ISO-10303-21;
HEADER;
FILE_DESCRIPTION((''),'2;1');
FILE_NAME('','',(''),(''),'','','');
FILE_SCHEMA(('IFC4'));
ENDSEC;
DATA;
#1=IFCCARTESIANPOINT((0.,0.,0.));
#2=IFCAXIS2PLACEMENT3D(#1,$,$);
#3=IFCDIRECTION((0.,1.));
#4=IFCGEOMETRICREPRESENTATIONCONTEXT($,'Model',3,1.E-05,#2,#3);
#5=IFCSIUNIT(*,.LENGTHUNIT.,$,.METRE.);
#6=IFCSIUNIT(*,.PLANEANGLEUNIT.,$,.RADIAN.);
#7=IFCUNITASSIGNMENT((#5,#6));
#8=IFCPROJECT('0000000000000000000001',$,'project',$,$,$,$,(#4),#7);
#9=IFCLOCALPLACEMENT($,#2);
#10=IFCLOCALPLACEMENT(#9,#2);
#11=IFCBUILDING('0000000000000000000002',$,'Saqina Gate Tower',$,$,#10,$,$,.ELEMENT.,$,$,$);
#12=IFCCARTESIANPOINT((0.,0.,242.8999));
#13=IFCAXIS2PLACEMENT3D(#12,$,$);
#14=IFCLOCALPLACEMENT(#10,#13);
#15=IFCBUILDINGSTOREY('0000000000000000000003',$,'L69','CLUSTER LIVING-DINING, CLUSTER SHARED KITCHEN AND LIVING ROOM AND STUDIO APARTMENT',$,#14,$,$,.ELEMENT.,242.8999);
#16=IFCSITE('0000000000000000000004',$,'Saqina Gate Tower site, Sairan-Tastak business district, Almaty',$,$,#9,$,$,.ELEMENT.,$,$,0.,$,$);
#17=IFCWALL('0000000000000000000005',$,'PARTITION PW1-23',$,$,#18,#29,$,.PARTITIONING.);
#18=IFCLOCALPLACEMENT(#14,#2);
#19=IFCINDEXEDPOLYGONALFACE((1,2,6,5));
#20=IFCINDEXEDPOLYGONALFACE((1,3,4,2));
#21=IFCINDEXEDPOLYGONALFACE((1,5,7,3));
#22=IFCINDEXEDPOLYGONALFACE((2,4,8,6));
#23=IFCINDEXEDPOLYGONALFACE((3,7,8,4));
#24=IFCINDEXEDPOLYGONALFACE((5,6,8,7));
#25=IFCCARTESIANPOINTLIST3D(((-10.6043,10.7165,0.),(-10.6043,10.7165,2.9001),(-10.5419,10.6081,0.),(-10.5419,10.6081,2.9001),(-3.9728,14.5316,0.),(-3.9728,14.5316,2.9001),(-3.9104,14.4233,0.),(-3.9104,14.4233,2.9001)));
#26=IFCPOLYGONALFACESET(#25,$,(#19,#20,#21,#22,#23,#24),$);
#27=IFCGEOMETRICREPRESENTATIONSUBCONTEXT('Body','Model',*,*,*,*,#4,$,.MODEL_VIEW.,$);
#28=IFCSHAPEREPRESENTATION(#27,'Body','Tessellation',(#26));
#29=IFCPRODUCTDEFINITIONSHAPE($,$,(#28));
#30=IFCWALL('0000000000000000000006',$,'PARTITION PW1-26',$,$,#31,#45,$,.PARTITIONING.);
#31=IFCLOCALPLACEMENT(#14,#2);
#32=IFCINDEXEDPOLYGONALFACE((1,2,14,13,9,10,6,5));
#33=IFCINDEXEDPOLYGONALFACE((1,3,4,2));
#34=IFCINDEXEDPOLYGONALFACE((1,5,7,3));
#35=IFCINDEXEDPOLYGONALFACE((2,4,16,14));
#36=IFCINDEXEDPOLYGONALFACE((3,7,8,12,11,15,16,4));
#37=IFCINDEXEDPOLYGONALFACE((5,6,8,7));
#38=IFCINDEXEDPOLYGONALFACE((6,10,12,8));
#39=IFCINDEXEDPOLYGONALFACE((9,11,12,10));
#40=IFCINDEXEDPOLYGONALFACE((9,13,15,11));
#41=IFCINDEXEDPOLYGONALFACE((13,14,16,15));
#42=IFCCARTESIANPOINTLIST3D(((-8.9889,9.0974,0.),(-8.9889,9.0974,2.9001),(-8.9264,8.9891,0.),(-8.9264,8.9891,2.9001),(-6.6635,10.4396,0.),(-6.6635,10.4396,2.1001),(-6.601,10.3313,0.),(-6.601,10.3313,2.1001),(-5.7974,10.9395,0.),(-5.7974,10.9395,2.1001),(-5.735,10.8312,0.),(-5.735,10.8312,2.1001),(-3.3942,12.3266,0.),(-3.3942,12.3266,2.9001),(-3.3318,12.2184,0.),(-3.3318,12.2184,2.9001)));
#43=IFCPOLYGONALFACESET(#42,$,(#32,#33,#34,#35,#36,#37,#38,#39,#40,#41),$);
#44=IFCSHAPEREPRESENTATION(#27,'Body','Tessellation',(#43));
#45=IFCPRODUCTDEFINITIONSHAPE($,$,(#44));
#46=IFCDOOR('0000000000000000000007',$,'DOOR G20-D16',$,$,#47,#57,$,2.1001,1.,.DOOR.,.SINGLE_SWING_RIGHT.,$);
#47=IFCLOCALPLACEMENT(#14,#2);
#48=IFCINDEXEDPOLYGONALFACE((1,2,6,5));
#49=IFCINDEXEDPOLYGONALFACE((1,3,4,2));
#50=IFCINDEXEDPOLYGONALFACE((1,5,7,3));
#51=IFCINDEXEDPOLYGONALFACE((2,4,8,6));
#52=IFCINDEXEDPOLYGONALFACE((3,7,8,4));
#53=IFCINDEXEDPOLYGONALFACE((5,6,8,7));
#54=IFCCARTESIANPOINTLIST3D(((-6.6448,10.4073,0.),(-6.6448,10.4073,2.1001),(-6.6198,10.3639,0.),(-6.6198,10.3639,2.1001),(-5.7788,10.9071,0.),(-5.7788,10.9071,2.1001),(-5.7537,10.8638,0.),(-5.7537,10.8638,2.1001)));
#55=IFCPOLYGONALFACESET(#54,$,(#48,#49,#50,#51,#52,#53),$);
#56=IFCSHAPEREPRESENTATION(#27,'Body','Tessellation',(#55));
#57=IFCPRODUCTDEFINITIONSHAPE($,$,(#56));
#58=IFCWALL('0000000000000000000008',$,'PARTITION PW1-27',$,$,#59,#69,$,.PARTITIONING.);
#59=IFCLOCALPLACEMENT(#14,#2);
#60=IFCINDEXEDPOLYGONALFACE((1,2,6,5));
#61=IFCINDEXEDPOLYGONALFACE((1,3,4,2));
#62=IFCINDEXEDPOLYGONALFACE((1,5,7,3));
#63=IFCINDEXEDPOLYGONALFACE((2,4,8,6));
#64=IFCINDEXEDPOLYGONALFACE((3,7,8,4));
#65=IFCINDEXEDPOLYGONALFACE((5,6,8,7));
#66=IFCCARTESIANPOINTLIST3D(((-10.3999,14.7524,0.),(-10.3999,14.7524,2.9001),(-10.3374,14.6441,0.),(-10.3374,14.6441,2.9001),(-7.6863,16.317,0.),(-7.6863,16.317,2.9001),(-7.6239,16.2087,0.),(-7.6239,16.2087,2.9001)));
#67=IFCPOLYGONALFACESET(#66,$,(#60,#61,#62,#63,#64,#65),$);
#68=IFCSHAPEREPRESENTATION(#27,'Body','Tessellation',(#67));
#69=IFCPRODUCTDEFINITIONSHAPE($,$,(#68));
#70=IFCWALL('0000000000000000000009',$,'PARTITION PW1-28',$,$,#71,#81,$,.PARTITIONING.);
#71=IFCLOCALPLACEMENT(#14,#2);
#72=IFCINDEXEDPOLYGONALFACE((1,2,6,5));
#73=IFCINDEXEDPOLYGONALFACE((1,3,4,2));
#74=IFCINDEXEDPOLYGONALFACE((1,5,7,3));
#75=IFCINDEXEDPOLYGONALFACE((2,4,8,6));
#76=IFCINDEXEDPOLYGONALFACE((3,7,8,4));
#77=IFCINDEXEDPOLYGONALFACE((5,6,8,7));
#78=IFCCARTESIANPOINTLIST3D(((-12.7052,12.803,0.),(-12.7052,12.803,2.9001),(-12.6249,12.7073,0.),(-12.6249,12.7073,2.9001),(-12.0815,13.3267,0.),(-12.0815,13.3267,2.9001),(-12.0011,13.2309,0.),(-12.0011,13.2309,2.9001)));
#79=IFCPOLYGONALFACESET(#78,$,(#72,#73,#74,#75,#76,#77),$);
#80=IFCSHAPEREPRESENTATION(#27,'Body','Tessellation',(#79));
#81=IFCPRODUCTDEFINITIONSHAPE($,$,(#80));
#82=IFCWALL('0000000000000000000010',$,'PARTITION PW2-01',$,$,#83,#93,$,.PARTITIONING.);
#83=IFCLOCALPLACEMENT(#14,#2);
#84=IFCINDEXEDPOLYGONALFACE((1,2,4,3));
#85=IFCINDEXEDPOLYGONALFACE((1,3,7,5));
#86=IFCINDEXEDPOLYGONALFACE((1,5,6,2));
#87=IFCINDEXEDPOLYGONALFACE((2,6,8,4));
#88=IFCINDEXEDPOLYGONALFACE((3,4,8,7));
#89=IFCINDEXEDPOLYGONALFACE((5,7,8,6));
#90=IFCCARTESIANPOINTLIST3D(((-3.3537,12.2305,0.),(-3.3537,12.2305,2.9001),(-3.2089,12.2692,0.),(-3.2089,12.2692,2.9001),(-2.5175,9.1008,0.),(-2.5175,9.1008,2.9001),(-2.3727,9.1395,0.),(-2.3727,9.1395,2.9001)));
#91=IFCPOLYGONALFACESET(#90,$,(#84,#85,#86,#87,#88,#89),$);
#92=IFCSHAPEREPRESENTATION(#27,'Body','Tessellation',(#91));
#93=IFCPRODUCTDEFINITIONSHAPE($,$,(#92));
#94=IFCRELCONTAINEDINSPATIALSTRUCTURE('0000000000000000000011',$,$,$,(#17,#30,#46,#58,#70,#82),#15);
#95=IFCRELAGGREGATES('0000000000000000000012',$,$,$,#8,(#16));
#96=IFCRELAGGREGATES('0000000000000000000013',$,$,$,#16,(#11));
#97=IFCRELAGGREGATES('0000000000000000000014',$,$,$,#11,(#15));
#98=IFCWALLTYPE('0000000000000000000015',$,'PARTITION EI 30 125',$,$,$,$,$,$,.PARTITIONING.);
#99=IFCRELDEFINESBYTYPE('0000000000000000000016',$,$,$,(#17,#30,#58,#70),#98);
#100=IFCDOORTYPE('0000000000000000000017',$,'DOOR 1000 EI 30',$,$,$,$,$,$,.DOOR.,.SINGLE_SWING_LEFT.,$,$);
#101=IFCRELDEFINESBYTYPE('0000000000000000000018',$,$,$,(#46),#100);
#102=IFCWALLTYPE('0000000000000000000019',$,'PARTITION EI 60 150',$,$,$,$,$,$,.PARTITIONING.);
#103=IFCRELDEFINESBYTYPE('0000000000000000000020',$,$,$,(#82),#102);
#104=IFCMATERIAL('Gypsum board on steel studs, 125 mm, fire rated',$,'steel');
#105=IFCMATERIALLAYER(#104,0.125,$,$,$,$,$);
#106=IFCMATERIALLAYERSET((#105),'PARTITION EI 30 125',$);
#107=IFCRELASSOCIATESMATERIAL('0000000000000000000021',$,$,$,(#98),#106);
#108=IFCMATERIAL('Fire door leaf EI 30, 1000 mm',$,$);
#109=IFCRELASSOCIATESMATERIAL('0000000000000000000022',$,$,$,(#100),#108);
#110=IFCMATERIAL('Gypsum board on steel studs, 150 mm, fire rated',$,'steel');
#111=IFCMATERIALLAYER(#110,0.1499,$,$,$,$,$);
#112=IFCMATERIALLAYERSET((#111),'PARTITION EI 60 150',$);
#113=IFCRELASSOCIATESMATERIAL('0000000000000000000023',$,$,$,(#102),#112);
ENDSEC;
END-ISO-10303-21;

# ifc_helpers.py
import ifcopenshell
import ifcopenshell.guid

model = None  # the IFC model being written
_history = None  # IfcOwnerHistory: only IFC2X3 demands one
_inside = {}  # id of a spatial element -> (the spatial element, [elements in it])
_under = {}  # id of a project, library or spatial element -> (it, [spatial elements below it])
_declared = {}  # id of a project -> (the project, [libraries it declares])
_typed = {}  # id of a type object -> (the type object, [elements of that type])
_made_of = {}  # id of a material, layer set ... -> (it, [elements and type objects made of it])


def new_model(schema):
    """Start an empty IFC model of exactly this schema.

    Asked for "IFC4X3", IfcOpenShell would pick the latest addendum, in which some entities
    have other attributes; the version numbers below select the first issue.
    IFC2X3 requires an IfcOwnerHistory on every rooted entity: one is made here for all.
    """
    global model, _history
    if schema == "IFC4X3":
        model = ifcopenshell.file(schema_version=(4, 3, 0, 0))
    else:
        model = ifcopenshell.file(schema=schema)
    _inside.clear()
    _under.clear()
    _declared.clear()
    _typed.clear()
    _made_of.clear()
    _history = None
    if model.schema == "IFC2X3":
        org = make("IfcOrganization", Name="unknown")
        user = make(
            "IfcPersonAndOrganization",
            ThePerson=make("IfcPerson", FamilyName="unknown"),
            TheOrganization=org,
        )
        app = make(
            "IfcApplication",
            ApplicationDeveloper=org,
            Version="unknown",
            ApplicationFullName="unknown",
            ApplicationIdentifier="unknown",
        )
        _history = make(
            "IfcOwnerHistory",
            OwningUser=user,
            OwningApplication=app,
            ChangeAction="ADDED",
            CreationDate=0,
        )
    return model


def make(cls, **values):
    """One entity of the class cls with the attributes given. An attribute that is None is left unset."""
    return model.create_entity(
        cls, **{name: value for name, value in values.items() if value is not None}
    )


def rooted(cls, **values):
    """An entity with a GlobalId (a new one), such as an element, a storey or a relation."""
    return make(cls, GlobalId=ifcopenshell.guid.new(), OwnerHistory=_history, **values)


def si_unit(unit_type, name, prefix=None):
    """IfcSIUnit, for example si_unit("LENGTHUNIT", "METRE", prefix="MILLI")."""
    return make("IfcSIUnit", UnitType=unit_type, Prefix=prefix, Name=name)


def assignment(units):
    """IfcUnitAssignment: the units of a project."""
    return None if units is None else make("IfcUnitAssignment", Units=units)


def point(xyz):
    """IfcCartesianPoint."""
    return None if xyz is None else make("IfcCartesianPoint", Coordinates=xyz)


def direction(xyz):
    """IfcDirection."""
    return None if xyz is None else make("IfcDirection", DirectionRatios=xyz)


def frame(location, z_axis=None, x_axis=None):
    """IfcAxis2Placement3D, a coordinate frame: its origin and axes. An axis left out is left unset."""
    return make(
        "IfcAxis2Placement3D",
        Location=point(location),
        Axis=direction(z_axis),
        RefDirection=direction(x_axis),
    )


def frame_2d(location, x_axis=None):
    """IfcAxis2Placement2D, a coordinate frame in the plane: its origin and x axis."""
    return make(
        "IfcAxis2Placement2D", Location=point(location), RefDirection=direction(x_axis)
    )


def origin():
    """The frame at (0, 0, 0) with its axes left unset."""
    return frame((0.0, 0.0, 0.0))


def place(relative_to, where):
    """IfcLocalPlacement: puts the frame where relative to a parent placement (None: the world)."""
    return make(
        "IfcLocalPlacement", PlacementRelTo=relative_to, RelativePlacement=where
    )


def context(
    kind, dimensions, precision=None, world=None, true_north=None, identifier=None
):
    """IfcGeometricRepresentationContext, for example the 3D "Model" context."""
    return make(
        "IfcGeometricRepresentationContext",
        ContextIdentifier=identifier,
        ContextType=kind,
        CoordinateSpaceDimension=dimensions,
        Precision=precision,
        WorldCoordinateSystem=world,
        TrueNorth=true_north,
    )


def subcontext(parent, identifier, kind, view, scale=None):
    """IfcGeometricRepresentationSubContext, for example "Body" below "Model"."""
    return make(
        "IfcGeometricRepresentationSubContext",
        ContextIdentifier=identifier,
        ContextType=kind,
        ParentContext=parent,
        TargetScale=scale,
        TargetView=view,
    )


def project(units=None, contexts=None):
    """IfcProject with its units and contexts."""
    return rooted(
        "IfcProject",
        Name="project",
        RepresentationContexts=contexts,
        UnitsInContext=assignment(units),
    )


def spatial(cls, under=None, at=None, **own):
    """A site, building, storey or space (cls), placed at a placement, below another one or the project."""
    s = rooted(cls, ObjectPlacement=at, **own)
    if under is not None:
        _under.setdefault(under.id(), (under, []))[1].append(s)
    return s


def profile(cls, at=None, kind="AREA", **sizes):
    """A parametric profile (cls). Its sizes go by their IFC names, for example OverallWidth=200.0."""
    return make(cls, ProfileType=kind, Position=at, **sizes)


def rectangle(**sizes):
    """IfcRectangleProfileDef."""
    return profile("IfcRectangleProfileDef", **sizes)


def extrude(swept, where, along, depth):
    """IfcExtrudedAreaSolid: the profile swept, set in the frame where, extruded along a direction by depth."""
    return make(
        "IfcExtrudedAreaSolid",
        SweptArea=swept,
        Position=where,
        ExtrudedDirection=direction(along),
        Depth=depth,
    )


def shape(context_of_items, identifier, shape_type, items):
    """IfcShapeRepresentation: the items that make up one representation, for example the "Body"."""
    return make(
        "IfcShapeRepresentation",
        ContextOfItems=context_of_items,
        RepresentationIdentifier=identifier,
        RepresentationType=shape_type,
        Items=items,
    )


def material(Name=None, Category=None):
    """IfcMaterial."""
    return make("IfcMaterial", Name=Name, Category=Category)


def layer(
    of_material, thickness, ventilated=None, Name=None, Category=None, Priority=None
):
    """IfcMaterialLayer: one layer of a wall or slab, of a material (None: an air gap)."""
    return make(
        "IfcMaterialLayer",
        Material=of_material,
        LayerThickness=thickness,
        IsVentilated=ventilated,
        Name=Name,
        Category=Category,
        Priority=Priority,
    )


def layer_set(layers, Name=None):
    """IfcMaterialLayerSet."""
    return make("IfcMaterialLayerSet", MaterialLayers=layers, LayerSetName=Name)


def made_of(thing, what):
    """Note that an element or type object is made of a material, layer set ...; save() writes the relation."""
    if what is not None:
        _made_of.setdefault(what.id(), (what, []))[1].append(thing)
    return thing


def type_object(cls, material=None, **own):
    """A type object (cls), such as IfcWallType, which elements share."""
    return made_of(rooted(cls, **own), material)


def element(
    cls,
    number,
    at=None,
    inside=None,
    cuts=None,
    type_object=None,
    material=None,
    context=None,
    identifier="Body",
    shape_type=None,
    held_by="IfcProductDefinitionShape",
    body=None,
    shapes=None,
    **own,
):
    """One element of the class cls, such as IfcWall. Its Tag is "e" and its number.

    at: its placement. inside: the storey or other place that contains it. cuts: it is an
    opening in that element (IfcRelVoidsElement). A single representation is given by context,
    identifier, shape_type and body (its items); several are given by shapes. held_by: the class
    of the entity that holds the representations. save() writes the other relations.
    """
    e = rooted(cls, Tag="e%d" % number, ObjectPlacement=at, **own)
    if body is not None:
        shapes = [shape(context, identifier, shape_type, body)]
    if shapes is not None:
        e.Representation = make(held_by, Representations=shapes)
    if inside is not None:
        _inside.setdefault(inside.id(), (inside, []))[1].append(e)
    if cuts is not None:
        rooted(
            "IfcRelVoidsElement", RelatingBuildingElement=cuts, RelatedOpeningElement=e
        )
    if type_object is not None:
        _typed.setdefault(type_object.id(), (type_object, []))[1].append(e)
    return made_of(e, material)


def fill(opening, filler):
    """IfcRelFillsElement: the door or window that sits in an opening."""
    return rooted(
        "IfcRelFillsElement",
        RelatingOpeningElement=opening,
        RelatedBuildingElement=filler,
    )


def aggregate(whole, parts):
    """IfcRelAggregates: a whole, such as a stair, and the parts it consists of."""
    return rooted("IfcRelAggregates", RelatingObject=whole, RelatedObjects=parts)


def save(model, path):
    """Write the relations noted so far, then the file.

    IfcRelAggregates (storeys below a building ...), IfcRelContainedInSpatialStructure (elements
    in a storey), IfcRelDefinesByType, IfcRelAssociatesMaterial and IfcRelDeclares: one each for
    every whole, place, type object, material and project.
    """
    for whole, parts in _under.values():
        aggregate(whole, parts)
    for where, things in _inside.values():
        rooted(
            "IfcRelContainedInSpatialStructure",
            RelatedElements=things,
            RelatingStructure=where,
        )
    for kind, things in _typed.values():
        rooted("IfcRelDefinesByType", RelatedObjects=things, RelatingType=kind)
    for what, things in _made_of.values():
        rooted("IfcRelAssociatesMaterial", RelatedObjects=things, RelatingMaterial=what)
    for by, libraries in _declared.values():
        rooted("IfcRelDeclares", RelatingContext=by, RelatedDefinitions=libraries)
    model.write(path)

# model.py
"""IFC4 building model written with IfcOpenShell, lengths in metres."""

from ifc_helpers import new_model, si_unit, direction, frame, frame_2d, origin, place, context, subcontext, project, spatial, rectangle, extrude, material, layer, layer_set, type_object, element, fill, save


model = new_model("IFC4")

# Units and contexts
model_context = context("Model", 3, precision=1e-05, world=origin(), true_north=direction((0.0, 1.0)))
body_context = subcontext(model_context, "Body", "Model", "MODEL_VIEW")
ifc_project = project(units=[si_unit("LENGTHUNIT", "METRE"), si_unit("PLANEANGLEUNIT", "RADIAN")], contexts=[model_context])

# Site, building, storey
site_placement = place(None, origin())
site = spatial("IfcSite", under=ifc_project, at=site_placement, Name="Saqina Gate Tower site, Sairan-Tastak business district, Almaty", CompositionType="ELEMENT", RefElevation=0.0)
building_placement = place(site_placement, origin())
building = spatial("IfcBuilding", under=site, at=building_placement, Name="Saqina Gate Tower", CompositionType="ELEMENT")
storey_placement = place(building_placement, frame((0.0, 0.0, 242.8999)))
storey = spatial("IfcBuildingStorey", under=building, at=storey_placement, Name="L69", Description="CLUSTER LIVING-DINING, CLUSTER SHARED KITCHEN AND LIVING ROOM AND STUDIO APARTMENT", CompositionType="ELEMENT", Elevation=242.8999)

# Shared definitions
ifc_material_1 = material(Name="Gypsum board on steel studs, 125 mm, fire rated", Category="steel")
ifc_layer_1 = layer(ifc_material_1, 0.125)
ifc_layer_set_1 = layer_set([ifc_layer_1], Name="PARTITION EI 30 125")
wall_type_1 = type_object("IfcWallType", Name="PARTITION EI 30 125", PredefinedType="PARTITIONING", material=ifc_layer_set_1)

# Shared definitions
ifc_material_2 = material(Name="Fire door leaf EI 30, 1000 mm")
door_type_1 = type_object("IfcDoorType", Name="DOOR 1000 EI 30", OperationType="SINGLE_SWING_LEFT", PredefinedType="DOOR", material=ifc_material_2)

# Wall
wall_1_placement = place(storey_placement, frame((-10.573, 10.6624, 0.0), z_axis=(0.0, 0.0, 1.0), x_axis=(0.866792, 0.49867, 0.0)))
element("IfcWall", 1, at=wall_1_placement, inside=storey, type_object=wall_type_1, Name="PARTITION PW1-23", PredefinedType="PARTITIONING", context=body_context, shape_type="SweptSolid", body=[
    extrude(rectangle(XDim=7.6506, YDim=0.125, at=frame_2d((3.8252, 0.0))), origin(), (0.0, 0.0, 1.0), 2.9001),
])

# Wall, opening, door
wall_2_placement = place(storey_placement, frame((-8.9578, 9.0432, 0.0), z_axis=(0.0, 0.0, 1.0), x_axis=(0.866084, 0.499899, 0.0)))
wall_2 = element("IfcWall", 2, at=wall_2_placement, inside=storey, type_object=wall_type_1, Name="PARTITION PW1-26", PredefinedType="PARTITIONING", context=body_context, shape_type="SweptSolid", body=[
    extrude(rectangle(XDim=6.4597, YDim=0.125, at=frame_2d((3.23, 0.0))), origin(), (0.0, 0.0, 1.0), 2.9001),
])
opening_1_placement = place(wall_2_placement, frame((2.6851, 0.0, 0.0)))
opening_1 = element("IfcOpeningElement", 3, at=opening_1_placement, cuts=wall_2, PredefinedType="OPENING", context=body_context, shape_type="SweptSolid", body=[
    extrude(rectangle(XDim=1.0, YDim=2.1001, at=frame_2d((0.5, 1.05))), frame((0.0, 0.0745, 0.0), z_axis=(0.0, -1.0, 0.0), x_axis=(1.0, 0.0, 0.0)), (0.0, 0.0, 1.0), 0.1489),
])
door_1_placement = place(opening_1_placement, frame((1.0, 0.0, 0.0), z_axis=(0.0, 0.0, 1.0), x_axis=(-1.0, 0.0, 0.0)))
door_1 = element("IfcDoor", 4, at=door_1_placement, inside=storey, type_object=door_type_1, Name="DOOR G20-D16", OperationType="SINGLE_SWING_RIGHT", OverallHeight=2.1001, OverallWidth=1.0, PredefinedType="DOOR", context=body_context, shape_type="SweptSolid", body=[
    extrude(rectangle(XDim=1.0, YDim=2.1001, at=frame_2d((0.5, 1.05))), frame((0.0, 0.0249, 0.0), z_axis=(0.0, -1.0, 0.0), x_axis=(1.0, 0.0, 0.0)), (0.0, 0.0, 1.0), 0.05),
])
fill(opening_1, door_1)

# Walls
wall_3_placement = place(storey_placement, frame((-10.3687, 14.6982, 0.0), z_axis=(0.0, 0.0, 1.0), x_axis=(0.866304, 0.499518, 0.0)))
element("IfcWall", 5, at=wall_3_placement, inside=storey, type_object=wall_type_1, Name="PARTITION PW1-27", PredefinedType="PARTITIONING", context=body_context, shape_type="SweptSolid", body=[
    extrude(rectangle(XDim=3.1323, YDim=0.125, at=frame_2d((1.5662, 0.0))), origin(), (0.0, 0.0, 1.0), 2.9001),
])
wall_4_placement = place(storey_placement, frame((-12.665, 12.7551, 0.0), z_axis=(0.0, 0.0, 1.0), x_axis=(0.765882, 0.642981, 0.0)))
element("IfcWall", 6, at=wall_4_placement, inside=storey, type_object=wall_type_1, Name="PARTITION PW1-28", PredefinedType="PARTITIONING", context=body_context, shape_type="SweptSolid", body=[
    extrude(rectangle(XDim=0.8145, YDim=0.125, at=frame_2d((0.4072, 0.0))), origin(), (0.0, 0.0, 1.0), 2.9001),
])
ifc_material_3 = material(Name="Gypsum board on steel studs, 150 mm, fire rated", Category="steel")
ifc_layer_2 = layer(ifc_material_3, 0.1499)
ifc_layer_set_2 = layer_set([ifc_layer_2], Name="PARTITION EI 60 150")
wall_type_2 = type_object("IfcWallType", Name="PARTITION EI 60 150", PredefinedType="PARTITIONING", material=ifc_layer_set_2)
wall_5_placement = place(storey_placement, frame((-3.2812, 12.2498, 0.0), z_axis=(0.0, 0.0, 1.0), x_axis=(0.258127, -0.966111, 0.0)))
element("IfcWall", 7, at=wall_5_placement, inside=storey, type_object=wall_type_2, Name="PARTITION PW2-01", PredefinedType="PARTITIONING", context=body_context, shape_type="SweptSolid", body=[
    extrude(rectangle(XDim=3.2395, YDim=0.1499, at=frame_2d((1.6196, 0.0))), origin(), (0.0, 0.0, 1.0), 2.9001),
])

save(model, "model.ifc")
